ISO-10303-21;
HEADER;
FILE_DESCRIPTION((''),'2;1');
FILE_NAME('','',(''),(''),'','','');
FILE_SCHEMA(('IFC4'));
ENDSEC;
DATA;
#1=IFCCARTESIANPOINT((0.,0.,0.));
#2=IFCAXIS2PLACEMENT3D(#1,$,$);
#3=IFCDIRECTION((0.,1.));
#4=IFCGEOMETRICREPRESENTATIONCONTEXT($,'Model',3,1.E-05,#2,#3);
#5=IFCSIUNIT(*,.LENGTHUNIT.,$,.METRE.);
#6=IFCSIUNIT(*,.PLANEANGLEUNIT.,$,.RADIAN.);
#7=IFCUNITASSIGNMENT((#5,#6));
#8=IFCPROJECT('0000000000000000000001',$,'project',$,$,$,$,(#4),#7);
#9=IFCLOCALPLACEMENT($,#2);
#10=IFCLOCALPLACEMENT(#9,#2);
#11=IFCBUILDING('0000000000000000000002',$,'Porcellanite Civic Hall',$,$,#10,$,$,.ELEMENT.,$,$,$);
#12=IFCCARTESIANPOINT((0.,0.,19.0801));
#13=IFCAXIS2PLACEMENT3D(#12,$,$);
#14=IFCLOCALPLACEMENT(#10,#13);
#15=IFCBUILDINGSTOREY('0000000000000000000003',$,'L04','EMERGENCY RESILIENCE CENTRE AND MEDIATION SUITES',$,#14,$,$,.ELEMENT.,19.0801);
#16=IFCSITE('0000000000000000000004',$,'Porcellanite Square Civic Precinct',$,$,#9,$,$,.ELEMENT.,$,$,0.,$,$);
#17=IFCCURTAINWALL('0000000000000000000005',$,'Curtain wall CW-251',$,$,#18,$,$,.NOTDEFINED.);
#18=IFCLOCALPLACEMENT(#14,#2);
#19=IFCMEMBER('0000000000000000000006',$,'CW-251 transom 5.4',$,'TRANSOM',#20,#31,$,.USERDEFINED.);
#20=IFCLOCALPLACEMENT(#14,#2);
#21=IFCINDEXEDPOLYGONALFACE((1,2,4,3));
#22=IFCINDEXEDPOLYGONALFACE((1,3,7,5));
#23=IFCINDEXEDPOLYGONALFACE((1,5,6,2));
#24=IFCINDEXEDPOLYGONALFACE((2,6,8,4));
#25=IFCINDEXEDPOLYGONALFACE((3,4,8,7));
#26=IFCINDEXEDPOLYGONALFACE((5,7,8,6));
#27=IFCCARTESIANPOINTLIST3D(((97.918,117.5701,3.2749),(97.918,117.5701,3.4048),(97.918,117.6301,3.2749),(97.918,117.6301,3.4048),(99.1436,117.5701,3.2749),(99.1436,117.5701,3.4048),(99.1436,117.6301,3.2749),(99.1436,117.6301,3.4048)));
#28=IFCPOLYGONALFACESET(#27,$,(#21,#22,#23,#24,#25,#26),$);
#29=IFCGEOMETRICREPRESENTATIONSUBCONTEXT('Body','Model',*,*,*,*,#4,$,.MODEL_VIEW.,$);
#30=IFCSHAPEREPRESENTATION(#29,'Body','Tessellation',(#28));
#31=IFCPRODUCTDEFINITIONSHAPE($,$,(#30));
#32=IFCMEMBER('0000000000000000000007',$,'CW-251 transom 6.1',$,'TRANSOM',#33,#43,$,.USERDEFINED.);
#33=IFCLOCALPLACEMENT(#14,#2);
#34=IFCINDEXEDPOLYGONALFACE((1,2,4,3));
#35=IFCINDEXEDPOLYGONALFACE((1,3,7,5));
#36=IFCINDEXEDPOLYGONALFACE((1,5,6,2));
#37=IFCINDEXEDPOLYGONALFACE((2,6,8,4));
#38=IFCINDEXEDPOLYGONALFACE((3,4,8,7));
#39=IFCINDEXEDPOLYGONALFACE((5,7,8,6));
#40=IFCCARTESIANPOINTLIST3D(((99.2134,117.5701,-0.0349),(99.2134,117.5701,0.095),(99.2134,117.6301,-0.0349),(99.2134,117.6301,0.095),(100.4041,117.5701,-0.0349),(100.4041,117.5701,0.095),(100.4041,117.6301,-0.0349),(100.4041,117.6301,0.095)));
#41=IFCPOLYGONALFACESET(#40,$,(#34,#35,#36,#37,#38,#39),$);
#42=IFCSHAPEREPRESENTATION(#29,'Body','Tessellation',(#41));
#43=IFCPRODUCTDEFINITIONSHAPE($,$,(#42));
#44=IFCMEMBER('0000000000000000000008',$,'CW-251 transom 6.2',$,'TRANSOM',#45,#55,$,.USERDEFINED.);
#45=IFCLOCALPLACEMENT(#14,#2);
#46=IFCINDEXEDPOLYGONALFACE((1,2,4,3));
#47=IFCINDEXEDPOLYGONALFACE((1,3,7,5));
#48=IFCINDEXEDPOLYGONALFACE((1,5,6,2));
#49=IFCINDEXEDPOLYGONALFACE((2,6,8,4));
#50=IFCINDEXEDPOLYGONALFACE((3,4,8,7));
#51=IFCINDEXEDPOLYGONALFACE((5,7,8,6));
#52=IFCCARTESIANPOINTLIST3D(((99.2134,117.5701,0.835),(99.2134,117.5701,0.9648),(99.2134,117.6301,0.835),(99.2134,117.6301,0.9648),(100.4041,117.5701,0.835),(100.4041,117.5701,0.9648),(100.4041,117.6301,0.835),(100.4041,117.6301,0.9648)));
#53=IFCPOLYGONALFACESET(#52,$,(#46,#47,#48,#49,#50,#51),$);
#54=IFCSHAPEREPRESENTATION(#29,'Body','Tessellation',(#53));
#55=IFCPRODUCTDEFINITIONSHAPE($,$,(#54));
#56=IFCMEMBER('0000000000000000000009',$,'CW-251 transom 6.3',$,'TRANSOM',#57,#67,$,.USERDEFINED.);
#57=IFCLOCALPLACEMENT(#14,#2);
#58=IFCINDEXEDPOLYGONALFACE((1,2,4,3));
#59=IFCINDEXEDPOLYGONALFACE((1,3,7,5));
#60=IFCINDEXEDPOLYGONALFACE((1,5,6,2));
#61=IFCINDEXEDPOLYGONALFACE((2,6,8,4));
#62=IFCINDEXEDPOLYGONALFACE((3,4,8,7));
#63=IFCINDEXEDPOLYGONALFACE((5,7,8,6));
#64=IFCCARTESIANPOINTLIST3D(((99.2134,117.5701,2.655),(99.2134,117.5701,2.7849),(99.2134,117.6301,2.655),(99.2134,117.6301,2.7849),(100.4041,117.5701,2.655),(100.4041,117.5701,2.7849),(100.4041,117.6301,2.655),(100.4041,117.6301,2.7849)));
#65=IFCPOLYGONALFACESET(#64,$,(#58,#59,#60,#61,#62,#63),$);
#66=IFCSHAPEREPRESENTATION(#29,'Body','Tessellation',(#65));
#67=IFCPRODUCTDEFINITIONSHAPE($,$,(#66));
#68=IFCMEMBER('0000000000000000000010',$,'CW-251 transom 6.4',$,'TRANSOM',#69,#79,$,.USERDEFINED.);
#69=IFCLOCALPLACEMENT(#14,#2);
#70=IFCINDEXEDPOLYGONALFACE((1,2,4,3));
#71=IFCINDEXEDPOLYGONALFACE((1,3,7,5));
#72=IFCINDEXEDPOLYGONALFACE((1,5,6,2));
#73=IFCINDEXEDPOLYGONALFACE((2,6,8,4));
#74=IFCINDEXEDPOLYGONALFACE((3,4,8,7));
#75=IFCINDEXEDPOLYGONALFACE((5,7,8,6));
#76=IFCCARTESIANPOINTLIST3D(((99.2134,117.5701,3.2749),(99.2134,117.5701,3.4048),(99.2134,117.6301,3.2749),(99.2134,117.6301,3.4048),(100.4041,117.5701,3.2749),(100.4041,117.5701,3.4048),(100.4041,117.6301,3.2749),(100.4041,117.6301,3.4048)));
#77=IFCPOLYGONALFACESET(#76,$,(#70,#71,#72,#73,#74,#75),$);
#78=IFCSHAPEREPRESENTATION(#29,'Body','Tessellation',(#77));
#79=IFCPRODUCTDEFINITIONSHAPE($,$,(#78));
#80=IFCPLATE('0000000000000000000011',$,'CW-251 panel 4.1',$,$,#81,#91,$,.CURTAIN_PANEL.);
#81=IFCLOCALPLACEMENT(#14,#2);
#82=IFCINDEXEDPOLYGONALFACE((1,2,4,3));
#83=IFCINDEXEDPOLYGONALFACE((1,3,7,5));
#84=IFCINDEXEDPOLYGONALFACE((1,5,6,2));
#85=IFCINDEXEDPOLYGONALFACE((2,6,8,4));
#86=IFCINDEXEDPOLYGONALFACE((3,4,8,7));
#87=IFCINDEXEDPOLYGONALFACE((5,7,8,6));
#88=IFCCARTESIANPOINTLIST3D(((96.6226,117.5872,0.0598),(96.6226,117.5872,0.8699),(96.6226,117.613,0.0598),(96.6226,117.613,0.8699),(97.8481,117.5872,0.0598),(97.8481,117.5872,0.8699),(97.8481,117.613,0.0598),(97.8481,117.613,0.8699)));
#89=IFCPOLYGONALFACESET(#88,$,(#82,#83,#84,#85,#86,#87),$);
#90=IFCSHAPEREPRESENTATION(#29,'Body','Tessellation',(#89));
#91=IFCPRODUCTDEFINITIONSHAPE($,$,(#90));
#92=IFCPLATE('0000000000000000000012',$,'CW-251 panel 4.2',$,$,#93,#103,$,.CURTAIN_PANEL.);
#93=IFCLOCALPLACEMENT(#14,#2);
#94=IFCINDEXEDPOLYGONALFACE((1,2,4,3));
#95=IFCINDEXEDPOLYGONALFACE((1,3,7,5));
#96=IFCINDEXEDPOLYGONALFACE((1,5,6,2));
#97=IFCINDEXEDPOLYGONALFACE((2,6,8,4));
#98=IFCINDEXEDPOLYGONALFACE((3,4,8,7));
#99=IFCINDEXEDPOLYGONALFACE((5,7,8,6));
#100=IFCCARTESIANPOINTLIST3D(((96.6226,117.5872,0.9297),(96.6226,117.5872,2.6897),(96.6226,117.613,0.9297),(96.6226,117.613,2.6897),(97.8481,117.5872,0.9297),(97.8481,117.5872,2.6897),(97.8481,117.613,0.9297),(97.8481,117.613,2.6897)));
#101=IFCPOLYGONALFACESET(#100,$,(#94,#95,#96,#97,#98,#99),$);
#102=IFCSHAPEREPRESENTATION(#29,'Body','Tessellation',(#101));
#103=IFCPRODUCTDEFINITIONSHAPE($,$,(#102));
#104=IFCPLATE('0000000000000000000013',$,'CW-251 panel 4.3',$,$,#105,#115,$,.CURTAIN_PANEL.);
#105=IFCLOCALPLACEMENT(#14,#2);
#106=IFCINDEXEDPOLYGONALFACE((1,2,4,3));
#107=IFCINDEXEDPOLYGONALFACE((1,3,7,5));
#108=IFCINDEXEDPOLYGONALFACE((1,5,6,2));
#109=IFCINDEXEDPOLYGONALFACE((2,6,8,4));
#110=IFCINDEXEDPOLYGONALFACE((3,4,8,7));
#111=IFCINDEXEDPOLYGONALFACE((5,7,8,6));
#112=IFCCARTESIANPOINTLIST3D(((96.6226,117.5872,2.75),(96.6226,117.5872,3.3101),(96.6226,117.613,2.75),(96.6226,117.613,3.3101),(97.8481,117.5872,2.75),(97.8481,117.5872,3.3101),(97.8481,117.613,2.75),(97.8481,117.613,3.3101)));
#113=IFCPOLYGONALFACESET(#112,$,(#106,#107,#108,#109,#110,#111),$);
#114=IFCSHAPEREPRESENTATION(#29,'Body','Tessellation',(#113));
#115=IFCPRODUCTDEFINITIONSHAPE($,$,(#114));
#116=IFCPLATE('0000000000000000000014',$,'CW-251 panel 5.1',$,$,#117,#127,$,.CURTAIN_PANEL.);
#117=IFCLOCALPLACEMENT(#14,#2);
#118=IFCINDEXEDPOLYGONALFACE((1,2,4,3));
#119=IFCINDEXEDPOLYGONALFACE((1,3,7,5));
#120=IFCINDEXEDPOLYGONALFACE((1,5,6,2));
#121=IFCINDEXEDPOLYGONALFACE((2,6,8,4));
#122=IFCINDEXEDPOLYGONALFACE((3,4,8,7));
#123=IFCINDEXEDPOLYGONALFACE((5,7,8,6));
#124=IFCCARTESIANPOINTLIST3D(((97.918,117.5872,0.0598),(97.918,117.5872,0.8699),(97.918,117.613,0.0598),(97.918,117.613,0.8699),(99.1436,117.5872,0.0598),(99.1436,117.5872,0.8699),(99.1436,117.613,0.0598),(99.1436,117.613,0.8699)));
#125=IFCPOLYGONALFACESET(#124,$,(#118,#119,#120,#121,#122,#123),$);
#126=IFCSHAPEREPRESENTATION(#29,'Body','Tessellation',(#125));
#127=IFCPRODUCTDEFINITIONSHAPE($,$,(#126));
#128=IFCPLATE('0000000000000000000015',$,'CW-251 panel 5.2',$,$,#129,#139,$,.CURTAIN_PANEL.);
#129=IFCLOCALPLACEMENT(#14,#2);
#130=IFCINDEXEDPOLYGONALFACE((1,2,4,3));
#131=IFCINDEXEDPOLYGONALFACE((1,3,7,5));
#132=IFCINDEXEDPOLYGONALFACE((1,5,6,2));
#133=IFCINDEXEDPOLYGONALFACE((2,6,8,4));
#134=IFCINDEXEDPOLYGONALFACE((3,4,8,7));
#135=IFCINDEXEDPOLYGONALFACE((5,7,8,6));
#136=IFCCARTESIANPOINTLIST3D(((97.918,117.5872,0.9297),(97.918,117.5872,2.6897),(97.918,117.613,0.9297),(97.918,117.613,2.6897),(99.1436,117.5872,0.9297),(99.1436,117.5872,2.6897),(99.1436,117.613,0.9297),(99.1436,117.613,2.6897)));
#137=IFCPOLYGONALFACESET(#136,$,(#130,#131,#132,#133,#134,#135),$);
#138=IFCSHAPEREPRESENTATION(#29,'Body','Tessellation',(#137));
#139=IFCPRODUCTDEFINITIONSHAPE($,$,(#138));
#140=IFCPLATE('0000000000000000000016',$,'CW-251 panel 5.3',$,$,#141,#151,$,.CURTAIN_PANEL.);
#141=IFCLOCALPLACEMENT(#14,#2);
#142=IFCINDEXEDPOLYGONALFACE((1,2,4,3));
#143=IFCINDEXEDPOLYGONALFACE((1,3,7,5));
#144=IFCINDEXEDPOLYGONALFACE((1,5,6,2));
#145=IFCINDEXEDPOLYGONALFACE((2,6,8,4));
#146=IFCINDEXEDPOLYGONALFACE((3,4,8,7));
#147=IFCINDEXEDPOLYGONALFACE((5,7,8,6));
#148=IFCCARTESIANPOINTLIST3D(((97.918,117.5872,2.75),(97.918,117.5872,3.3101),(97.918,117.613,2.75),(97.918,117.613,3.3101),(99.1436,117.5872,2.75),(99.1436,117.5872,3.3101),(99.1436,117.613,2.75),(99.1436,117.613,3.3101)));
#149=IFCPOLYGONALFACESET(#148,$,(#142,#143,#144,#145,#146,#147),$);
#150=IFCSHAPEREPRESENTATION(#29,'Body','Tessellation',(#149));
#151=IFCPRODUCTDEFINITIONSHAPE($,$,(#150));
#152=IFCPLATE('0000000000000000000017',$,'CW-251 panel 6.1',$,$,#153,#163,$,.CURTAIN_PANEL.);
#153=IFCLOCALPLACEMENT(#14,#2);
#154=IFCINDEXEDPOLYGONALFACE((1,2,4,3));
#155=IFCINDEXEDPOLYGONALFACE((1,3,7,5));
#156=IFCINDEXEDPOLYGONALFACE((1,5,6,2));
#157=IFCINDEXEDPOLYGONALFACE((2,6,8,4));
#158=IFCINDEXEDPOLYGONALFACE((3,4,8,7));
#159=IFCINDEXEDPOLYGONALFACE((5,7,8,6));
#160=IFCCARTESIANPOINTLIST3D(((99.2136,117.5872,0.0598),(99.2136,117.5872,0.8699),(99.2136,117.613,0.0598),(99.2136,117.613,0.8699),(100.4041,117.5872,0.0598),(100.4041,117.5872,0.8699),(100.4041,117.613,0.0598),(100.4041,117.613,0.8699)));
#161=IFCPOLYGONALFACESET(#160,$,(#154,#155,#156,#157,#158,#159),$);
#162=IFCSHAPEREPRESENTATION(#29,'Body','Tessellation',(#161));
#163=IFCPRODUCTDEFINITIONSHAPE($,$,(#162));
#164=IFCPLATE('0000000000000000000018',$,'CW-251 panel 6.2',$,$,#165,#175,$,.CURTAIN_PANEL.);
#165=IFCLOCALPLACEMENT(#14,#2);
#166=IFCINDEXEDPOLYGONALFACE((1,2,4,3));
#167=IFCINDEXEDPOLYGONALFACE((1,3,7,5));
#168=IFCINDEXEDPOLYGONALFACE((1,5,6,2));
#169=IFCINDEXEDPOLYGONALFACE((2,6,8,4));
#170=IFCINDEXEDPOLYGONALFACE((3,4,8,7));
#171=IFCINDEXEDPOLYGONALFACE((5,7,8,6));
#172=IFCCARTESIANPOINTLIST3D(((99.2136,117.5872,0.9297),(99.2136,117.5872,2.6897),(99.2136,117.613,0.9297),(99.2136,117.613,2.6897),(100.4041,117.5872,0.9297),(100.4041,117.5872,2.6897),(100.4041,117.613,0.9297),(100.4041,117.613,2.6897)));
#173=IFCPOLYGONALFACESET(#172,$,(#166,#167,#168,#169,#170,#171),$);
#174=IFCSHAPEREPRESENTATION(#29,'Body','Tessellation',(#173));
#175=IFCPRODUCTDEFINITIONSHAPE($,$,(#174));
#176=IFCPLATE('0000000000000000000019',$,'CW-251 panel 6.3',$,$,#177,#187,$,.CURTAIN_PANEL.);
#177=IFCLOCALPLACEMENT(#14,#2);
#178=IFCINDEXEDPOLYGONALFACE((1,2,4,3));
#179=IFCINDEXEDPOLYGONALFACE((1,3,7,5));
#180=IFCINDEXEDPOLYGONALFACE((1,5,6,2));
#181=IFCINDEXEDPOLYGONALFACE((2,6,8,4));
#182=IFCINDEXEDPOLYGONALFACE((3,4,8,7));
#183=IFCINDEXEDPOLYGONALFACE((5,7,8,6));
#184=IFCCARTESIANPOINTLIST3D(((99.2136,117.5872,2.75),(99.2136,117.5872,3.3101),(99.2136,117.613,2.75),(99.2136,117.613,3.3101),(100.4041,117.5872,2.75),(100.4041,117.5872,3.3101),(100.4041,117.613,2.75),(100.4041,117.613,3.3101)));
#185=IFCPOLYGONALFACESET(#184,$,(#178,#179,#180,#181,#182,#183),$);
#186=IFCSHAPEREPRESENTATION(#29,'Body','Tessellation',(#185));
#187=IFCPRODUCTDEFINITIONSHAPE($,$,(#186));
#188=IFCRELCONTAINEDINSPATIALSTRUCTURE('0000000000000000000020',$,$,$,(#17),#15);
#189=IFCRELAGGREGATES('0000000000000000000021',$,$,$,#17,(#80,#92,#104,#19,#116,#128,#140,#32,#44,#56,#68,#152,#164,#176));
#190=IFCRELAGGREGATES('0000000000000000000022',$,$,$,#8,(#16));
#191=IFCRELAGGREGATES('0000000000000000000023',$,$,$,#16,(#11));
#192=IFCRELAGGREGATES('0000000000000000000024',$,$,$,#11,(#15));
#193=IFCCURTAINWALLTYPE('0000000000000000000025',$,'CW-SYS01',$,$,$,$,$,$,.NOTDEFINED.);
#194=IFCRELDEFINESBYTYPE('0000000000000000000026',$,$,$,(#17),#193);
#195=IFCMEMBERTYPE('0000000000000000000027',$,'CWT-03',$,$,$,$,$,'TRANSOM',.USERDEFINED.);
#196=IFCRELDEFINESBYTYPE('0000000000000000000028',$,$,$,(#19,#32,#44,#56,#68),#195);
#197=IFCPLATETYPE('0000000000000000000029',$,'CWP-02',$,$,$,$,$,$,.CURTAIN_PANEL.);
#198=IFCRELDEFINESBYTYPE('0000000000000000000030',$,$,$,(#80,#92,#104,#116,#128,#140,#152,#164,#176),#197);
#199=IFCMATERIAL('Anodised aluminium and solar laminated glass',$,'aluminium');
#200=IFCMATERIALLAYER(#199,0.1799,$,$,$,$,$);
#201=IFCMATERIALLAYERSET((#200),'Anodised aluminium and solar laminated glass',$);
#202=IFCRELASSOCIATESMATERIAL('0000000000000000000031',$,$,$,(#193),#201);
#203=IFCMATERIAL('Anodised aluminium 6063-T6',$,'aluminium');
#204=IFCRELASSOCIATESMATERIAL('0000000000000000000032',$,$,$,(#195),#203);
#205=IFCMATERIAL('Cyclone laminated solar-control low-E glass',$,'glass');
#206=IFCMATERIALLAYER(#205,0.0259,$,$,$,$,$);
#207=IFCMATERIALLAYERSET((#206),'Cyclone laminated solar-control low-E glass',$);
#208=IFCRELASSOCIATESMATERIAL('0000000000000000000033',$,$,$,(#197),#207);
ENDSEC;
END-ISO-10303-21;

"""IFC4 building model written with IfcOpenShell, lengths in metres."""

from ifc_helpers import new_model, si_unit, direction, frame, origin, origin_2d, place, context, subcontext, project, spatial, rectangle, extrude, material, layer, layer_set, material_profile, profile_set, type_object, element, aggregate, save


model = new_model("IFC4")

# Units and contexts
model_context = context("Model", 3, precision=1e-05, world=origin(), true_north=direction((0.0, 1.0)))
body_context = subcontext(model_context, "Body", "Model", "MODEL_VIEW")
ifc_project = project(units=[si_unit("LENGTHUNIT", "METRE"), si_unit("PLANEANGLEUNIT", "RADIAN")], contexts=[model_context])

# Site, building, storey
site_placement = place(None, origin())
site = spatial("IfcSite", under=ifc_project, at=site_placement, Name="Porcellanite Square Civic Precinct", CompositionType="ELEMENT", RefElevation=0.0)
building_placement = place(site_placement, origin())
building = spatial("IfcBuilding", under=site, at=building_placement, Name="Porcellanite Civic Hall", CompositionType="ELEMENT")
storey_placement = place(building_placement, frame((0.0, 0.0, 19.0801)))
storey = spatial("IfcBuildingStorey", under=building, at=storey_placement, Name="L04", Description="EMERGENCY RESILIENCE CENTRE AND MEDIATION SUITES", CompositionType="ELEMENT", Elevation=19.0801)

# Curtain wall, members, plates
ifc_material_1 = material(Name="Anodised aluminium and solar laminated glass", Category="aluminium")
ifc_layer_1 = layer(ifc_material_1, 0.1799)
ifc_layer_set_1 = layer_set([ifc_layer_1], Name="Anodised aluminium and solar laminated glass")
curtain_wall_type = type_object("IfcCurtainWallType", Name="CW-SYS01", PredefinedType="NOTDEFINED", material=ifc_layer_set_1)
curtain_wall_placement = place(storey_placement, origin())
curtain_wall = element("IfcCurtainWall", 1, at=curtain_wall_placement, inside=storey, type_object=curtain_wall_type, Name="Curtain wall CW-251", PredefinedType="NOTDEFINED")
ifc_material_2 = material(Name="Anodised aluminium 6063-T6", Category="aluminium")
ifc_material_profile_1 = material_profile(ifc_material_2, rectangle(XDim=0.0601, YDim=0.1299, at=origin_2d()), Name="AL-60x130")
ifc_profile_set_1 = profile_set([ifc_material_profile_1], Name="Anodised aluminium 6063-T6")
member_type_1 = type_object("IfcMemberType", Name="CWT-03", ElementType="TRANSOM", PredefinedType="USERDEFINED", material=ifc_profile_set_1)
member_1_placement = place(storey_placement, frame((97.918, 117.6001, 3.3398), z_axis=(1.0, 0.0, 0.0), x_axis=(0.0, 1.0, 0.0)))
member_1 = element("IfcMember", 2, at=member_1_placement, type_object=member_type_1, Name="CW-251 transom 5.4", ObjectType="TRANSOM", PredefinedType="USERDEFINED", context=body_context, shape_type="SweptSolid", body=[
    extrude(rectangle(XDim=0.0601, YDim=0.1299, at=origin_2d()), origin(), (0.0, 0.0, 1.0), 1.2256),
])
member_2_placement = place(storey_placement, frame((99.2134, 117.6001, 0.03), z_axis=(1.0, 0.0, 0.0), x_axis=(0.0, 1.0, 0.0)))
member_2 = element("IfcMember", 3, at=member_2_placement, type_object=member_type_1, Name="CW-251 transom 6.1", ObjectType="TRANSOM", PredefinedType="USERDEFINED", context=body_context, shape_type="SweptSolid", body=[
    extrude(rectangle(XDim=0.0601, YDim=0.1299, at=origin_2d()), origin(), (0.0, 0.0, 1.0), 1.1907),
])
member_3_placement = place(storey_placement, frame((99.2134, 117.6001, 0.8999), z_axis=(1.0, 0.0, 0.0), x_axis=(0.0, 1.0, 0.0)))
member_3 = element("IfcMember", 4, at=member_3_placement, type_object=member_type_1, Name="CW-251 transom 6.2", ObjectType="TRANSOM", PredefinedType="USERDEFINED", context=body_context, shape_type="SweptSolid", body=[
    extrude(rectangle(XDim=0.0601, YDim=0.1299, at=origin_2d()), origin(), (0.0, 0.0, 1.0), 1.1907),
])
member_4_placement = place(storey_placement, frame((99.2134, 117.6001, 2.72), z_axis=(1.0, 0.0, 0.0), x_axis=(0.0, 1.0, 0.0)))
member_4 = element("IfcMember", 5, at=member_4_placement, type_object=member_type_1, Name="CW-251 transom 6.3", ObjectType="TRANSOM", PredefinedType="USERDEFINED", context=body_context, shape_type="SweptSolid", body=[
    extrude(rectangle(XDim=0.0601, YDim=0.1299, at=origin_2d()), origin(), (0.0, 0.0, 1.0), 1.1907),
])
member_5_placement = place(storey_placement, frame((99.2134, 117.6001, 3.3398), z_axis=(1.0, 0.0, 0.0), x_axis=(0.0, 1.0, 0.0)))
member_5 = element("IfcMember", 6, at=member_5_placement, type_object=member_type_1, Name="CW-251 transom 6.4", ObjectType="TRANSOM", PredefinedType="USERDEFINED", context=body_context, shape_type="SweptSolid", body=[
    extrude(rectangle(XDim=0.0601, YDim=0.1299, at=origin_2d()), origin(), (0.0, 0.0, 1.0), 1.1907),
])
ifc_material_3 = material(Name="Cyclone laminated solar-control low-E glass", Category="glass")
ifc_layer_2 = layer(ifc_material_3, 0.0259)
ifc_layer_set_2 = layer_set([ifc_layer_2], Name="Cyclone laminated solar-control low-E glass")
plate_type = type_object("IfcPlateType", Name="CWP-02", PredefinedType="CURTAIN_PANEL", material=ifc_layer_set_2)
plate_1_placement = place(storey_placement, frame((97.2354, 117.6001, 0.0598), z_axis=(0.0, 0.0, 1.0), x_axis=(1.0, 0.0, 0.0)))
plate_1 = element("IfcPlate", 7, at=plate_1_placement, type_object=plate_type, Name="CW-251 panel 4.1", PredefinedType="CURTAIN_PANEL", context=body_context, shape_type="SweptSolid", body=[
    extrude(rectangle(XDim=1.2256, YDim=0.0259, at=origin_2d()), origin(), (0.0, 0.0, 1.0), 0.8101),
])
plate_2_placement = place(storey_placement, frame((97.2354, 117.6001, 0.9297), z_axis=(0.0, 0.0, 1.0), x_axis=(1.0, 0.0, 0.0)))
plate_2 = element("IfcPlate", 8, at=plate_2_placement, type_object=plate_type, Name="CW-251 panel 4.2", PredefinedType="CURTAIN_PANEL", context=body_context, shape_type="SweptSolid", body=[
    extrude(rectangle(XDim=1.2256, YDim=0.0259, at=origin_2d()), origin(), (0.0, 0.0, 1.0), 1.76),
])
plate_3_placement = place(storey_placement, frame((97.2354, 117.6001, 2.75), z_axis=(0.0, 0.0, 1.0), x_axis=(1.0, 0.0, 0.0)))
plate_3 = element("IfcPlate", 9, at=plate_3_placement, type_object=plate_type, Name="CW-251 panel 4.3", PredefinedType="CURTAIN_PANEL", context=body_context, shape_type="SweptSolid", body=[
    extrude(rectangle(XDim=1.2256, YDim=0.0259, at=origin_2d()), origin(), (0.0, 0.0, 1.0), 0.5601),
])
plate_4_placement = place(storey_placement, frame((98.5308, 117.6001, 0.0598), z_axis=(0.0, 0.0, 1.0), x_axis=(1.0, 0.0, 0.0)))
plate_4 = element("IfcPlate", 10, at=plate_4_placement, type_object=plate_type, Name="CW-251 panel 5.1", PredefinedType="CURTAIN_PANEL", context=body_context, shape_type="SweptSolid", body=[
    extrude(rectangle(XDim=1.2256, YDim=0.0259, at=origin_2d()), origin(), (0.0, 0.0, 1.0), 0.8101),
])
plate_5_placement = place(storey_placement, frame((98.5308, 117.6001, 0.9297), z_axis=(0.0, 0.0, 1.0), x_axis=(1.0, 0.0, 0.0)))
plate_5 = element("IfcPlate", 11, at=plate_5_placement, type_object=plate_type, Name="CW-251 panel 5.2", PredefinedType="CURTAIN_PANEL", context=body_context, shape_type="SweptSolid", body=[
    extrude(rectangle(XDim=1.2256, YDim=0.0259, at=origin_2d()), origin(), (0.0, 0.0, 1.0), 1.76),
])
plate_6_placement = place(storey_placement, frame((98.5308, 117.6001, 2.75), z_axis=(0.0, 0.0, 1.0), x_axis=(1.0, 0.0, 0.0)))
plate_6 = element("IfcPlate", 12, at=plate_6_placement, type_object=plate_type, Name="CW-251 panel 5.3", PredefinedType="CURTAIN_PANEL", context=body_context, shape_type="SweptSolid", body=[
    extrude(rectangle(XDim=1.2256, YDim=0.0259, at=origin_2d()), origin(), (0.0, 0.0, 1.0), 0.5601),
])
plate_7_placement = place(storey_placement, frame((99.8088, 117.6001, 0.0598), z_axis=(0.0, 0.0, 1.0), x_axis=(1.0, 0.0, 0.0)))
plate_7 = element("IfcPlate", 13, at=plate_7_placement, type_object=plate_type, Name="CW-251 panel 6.1", PredefinedType="CURTAIN_PANEL", context=body_context, shape_type="SweptSolid", body=[
    extrude(rectangle(XDim=1.1904, YDim=0.0259, at=origin_2d()), origin(), (0.0, 0.0, 1.0), 0.8101),
])
plate_8_placement = place(storey_placement, frame((99.8088, 117.6001, 0.9297), z_axis=(0.0, 0.0, 1.0), x_axis=(1.0, 0.0, 0.0)))
plate_8 = element("IfcPlate", 14, at=plate_8_placement, type_object=plate_type, Name="CW-251 panel 6.2", PredefinedType="CURTAIN_PANEL", context=body_context, shape_type="SweptSolid", body=[
    extrude(rectangle(XDim=1.1904, YDim=0.0259, at=origin_2d()), origin(), (0.0, 0.0, 1.0), 1.76),
])
plate_9_placement = place(storey_placement, frame((99.8088, 117.6001, 2.75), z_axis=(0.0, 0.0, 1.0), x_axis=(1.0, 0.0, 0.0)))
plate_9 = element("IfcPlate", 15, at=plate_9_placement, type_object=plate_type, Name="CW-251 panel 6.3", PredefinedType="CURTAIN_PANEL", context=body_context, shape_type="SweptSolid", body=[
    extrude(rectangle(XDim=1.1904, YDim=0.0259, at=origin_2d()), origin(), (0.0, 0.0, 1.0), 0.5601),
])
aggregate(curtain_wall, [plate_1, plate_2, plate_3, member_1, plate_4, plate_5, plate_6, member_2, member_3, member_4, member_5, plate_7, plate_8, plate_9])

save(model, "model.ifc")
